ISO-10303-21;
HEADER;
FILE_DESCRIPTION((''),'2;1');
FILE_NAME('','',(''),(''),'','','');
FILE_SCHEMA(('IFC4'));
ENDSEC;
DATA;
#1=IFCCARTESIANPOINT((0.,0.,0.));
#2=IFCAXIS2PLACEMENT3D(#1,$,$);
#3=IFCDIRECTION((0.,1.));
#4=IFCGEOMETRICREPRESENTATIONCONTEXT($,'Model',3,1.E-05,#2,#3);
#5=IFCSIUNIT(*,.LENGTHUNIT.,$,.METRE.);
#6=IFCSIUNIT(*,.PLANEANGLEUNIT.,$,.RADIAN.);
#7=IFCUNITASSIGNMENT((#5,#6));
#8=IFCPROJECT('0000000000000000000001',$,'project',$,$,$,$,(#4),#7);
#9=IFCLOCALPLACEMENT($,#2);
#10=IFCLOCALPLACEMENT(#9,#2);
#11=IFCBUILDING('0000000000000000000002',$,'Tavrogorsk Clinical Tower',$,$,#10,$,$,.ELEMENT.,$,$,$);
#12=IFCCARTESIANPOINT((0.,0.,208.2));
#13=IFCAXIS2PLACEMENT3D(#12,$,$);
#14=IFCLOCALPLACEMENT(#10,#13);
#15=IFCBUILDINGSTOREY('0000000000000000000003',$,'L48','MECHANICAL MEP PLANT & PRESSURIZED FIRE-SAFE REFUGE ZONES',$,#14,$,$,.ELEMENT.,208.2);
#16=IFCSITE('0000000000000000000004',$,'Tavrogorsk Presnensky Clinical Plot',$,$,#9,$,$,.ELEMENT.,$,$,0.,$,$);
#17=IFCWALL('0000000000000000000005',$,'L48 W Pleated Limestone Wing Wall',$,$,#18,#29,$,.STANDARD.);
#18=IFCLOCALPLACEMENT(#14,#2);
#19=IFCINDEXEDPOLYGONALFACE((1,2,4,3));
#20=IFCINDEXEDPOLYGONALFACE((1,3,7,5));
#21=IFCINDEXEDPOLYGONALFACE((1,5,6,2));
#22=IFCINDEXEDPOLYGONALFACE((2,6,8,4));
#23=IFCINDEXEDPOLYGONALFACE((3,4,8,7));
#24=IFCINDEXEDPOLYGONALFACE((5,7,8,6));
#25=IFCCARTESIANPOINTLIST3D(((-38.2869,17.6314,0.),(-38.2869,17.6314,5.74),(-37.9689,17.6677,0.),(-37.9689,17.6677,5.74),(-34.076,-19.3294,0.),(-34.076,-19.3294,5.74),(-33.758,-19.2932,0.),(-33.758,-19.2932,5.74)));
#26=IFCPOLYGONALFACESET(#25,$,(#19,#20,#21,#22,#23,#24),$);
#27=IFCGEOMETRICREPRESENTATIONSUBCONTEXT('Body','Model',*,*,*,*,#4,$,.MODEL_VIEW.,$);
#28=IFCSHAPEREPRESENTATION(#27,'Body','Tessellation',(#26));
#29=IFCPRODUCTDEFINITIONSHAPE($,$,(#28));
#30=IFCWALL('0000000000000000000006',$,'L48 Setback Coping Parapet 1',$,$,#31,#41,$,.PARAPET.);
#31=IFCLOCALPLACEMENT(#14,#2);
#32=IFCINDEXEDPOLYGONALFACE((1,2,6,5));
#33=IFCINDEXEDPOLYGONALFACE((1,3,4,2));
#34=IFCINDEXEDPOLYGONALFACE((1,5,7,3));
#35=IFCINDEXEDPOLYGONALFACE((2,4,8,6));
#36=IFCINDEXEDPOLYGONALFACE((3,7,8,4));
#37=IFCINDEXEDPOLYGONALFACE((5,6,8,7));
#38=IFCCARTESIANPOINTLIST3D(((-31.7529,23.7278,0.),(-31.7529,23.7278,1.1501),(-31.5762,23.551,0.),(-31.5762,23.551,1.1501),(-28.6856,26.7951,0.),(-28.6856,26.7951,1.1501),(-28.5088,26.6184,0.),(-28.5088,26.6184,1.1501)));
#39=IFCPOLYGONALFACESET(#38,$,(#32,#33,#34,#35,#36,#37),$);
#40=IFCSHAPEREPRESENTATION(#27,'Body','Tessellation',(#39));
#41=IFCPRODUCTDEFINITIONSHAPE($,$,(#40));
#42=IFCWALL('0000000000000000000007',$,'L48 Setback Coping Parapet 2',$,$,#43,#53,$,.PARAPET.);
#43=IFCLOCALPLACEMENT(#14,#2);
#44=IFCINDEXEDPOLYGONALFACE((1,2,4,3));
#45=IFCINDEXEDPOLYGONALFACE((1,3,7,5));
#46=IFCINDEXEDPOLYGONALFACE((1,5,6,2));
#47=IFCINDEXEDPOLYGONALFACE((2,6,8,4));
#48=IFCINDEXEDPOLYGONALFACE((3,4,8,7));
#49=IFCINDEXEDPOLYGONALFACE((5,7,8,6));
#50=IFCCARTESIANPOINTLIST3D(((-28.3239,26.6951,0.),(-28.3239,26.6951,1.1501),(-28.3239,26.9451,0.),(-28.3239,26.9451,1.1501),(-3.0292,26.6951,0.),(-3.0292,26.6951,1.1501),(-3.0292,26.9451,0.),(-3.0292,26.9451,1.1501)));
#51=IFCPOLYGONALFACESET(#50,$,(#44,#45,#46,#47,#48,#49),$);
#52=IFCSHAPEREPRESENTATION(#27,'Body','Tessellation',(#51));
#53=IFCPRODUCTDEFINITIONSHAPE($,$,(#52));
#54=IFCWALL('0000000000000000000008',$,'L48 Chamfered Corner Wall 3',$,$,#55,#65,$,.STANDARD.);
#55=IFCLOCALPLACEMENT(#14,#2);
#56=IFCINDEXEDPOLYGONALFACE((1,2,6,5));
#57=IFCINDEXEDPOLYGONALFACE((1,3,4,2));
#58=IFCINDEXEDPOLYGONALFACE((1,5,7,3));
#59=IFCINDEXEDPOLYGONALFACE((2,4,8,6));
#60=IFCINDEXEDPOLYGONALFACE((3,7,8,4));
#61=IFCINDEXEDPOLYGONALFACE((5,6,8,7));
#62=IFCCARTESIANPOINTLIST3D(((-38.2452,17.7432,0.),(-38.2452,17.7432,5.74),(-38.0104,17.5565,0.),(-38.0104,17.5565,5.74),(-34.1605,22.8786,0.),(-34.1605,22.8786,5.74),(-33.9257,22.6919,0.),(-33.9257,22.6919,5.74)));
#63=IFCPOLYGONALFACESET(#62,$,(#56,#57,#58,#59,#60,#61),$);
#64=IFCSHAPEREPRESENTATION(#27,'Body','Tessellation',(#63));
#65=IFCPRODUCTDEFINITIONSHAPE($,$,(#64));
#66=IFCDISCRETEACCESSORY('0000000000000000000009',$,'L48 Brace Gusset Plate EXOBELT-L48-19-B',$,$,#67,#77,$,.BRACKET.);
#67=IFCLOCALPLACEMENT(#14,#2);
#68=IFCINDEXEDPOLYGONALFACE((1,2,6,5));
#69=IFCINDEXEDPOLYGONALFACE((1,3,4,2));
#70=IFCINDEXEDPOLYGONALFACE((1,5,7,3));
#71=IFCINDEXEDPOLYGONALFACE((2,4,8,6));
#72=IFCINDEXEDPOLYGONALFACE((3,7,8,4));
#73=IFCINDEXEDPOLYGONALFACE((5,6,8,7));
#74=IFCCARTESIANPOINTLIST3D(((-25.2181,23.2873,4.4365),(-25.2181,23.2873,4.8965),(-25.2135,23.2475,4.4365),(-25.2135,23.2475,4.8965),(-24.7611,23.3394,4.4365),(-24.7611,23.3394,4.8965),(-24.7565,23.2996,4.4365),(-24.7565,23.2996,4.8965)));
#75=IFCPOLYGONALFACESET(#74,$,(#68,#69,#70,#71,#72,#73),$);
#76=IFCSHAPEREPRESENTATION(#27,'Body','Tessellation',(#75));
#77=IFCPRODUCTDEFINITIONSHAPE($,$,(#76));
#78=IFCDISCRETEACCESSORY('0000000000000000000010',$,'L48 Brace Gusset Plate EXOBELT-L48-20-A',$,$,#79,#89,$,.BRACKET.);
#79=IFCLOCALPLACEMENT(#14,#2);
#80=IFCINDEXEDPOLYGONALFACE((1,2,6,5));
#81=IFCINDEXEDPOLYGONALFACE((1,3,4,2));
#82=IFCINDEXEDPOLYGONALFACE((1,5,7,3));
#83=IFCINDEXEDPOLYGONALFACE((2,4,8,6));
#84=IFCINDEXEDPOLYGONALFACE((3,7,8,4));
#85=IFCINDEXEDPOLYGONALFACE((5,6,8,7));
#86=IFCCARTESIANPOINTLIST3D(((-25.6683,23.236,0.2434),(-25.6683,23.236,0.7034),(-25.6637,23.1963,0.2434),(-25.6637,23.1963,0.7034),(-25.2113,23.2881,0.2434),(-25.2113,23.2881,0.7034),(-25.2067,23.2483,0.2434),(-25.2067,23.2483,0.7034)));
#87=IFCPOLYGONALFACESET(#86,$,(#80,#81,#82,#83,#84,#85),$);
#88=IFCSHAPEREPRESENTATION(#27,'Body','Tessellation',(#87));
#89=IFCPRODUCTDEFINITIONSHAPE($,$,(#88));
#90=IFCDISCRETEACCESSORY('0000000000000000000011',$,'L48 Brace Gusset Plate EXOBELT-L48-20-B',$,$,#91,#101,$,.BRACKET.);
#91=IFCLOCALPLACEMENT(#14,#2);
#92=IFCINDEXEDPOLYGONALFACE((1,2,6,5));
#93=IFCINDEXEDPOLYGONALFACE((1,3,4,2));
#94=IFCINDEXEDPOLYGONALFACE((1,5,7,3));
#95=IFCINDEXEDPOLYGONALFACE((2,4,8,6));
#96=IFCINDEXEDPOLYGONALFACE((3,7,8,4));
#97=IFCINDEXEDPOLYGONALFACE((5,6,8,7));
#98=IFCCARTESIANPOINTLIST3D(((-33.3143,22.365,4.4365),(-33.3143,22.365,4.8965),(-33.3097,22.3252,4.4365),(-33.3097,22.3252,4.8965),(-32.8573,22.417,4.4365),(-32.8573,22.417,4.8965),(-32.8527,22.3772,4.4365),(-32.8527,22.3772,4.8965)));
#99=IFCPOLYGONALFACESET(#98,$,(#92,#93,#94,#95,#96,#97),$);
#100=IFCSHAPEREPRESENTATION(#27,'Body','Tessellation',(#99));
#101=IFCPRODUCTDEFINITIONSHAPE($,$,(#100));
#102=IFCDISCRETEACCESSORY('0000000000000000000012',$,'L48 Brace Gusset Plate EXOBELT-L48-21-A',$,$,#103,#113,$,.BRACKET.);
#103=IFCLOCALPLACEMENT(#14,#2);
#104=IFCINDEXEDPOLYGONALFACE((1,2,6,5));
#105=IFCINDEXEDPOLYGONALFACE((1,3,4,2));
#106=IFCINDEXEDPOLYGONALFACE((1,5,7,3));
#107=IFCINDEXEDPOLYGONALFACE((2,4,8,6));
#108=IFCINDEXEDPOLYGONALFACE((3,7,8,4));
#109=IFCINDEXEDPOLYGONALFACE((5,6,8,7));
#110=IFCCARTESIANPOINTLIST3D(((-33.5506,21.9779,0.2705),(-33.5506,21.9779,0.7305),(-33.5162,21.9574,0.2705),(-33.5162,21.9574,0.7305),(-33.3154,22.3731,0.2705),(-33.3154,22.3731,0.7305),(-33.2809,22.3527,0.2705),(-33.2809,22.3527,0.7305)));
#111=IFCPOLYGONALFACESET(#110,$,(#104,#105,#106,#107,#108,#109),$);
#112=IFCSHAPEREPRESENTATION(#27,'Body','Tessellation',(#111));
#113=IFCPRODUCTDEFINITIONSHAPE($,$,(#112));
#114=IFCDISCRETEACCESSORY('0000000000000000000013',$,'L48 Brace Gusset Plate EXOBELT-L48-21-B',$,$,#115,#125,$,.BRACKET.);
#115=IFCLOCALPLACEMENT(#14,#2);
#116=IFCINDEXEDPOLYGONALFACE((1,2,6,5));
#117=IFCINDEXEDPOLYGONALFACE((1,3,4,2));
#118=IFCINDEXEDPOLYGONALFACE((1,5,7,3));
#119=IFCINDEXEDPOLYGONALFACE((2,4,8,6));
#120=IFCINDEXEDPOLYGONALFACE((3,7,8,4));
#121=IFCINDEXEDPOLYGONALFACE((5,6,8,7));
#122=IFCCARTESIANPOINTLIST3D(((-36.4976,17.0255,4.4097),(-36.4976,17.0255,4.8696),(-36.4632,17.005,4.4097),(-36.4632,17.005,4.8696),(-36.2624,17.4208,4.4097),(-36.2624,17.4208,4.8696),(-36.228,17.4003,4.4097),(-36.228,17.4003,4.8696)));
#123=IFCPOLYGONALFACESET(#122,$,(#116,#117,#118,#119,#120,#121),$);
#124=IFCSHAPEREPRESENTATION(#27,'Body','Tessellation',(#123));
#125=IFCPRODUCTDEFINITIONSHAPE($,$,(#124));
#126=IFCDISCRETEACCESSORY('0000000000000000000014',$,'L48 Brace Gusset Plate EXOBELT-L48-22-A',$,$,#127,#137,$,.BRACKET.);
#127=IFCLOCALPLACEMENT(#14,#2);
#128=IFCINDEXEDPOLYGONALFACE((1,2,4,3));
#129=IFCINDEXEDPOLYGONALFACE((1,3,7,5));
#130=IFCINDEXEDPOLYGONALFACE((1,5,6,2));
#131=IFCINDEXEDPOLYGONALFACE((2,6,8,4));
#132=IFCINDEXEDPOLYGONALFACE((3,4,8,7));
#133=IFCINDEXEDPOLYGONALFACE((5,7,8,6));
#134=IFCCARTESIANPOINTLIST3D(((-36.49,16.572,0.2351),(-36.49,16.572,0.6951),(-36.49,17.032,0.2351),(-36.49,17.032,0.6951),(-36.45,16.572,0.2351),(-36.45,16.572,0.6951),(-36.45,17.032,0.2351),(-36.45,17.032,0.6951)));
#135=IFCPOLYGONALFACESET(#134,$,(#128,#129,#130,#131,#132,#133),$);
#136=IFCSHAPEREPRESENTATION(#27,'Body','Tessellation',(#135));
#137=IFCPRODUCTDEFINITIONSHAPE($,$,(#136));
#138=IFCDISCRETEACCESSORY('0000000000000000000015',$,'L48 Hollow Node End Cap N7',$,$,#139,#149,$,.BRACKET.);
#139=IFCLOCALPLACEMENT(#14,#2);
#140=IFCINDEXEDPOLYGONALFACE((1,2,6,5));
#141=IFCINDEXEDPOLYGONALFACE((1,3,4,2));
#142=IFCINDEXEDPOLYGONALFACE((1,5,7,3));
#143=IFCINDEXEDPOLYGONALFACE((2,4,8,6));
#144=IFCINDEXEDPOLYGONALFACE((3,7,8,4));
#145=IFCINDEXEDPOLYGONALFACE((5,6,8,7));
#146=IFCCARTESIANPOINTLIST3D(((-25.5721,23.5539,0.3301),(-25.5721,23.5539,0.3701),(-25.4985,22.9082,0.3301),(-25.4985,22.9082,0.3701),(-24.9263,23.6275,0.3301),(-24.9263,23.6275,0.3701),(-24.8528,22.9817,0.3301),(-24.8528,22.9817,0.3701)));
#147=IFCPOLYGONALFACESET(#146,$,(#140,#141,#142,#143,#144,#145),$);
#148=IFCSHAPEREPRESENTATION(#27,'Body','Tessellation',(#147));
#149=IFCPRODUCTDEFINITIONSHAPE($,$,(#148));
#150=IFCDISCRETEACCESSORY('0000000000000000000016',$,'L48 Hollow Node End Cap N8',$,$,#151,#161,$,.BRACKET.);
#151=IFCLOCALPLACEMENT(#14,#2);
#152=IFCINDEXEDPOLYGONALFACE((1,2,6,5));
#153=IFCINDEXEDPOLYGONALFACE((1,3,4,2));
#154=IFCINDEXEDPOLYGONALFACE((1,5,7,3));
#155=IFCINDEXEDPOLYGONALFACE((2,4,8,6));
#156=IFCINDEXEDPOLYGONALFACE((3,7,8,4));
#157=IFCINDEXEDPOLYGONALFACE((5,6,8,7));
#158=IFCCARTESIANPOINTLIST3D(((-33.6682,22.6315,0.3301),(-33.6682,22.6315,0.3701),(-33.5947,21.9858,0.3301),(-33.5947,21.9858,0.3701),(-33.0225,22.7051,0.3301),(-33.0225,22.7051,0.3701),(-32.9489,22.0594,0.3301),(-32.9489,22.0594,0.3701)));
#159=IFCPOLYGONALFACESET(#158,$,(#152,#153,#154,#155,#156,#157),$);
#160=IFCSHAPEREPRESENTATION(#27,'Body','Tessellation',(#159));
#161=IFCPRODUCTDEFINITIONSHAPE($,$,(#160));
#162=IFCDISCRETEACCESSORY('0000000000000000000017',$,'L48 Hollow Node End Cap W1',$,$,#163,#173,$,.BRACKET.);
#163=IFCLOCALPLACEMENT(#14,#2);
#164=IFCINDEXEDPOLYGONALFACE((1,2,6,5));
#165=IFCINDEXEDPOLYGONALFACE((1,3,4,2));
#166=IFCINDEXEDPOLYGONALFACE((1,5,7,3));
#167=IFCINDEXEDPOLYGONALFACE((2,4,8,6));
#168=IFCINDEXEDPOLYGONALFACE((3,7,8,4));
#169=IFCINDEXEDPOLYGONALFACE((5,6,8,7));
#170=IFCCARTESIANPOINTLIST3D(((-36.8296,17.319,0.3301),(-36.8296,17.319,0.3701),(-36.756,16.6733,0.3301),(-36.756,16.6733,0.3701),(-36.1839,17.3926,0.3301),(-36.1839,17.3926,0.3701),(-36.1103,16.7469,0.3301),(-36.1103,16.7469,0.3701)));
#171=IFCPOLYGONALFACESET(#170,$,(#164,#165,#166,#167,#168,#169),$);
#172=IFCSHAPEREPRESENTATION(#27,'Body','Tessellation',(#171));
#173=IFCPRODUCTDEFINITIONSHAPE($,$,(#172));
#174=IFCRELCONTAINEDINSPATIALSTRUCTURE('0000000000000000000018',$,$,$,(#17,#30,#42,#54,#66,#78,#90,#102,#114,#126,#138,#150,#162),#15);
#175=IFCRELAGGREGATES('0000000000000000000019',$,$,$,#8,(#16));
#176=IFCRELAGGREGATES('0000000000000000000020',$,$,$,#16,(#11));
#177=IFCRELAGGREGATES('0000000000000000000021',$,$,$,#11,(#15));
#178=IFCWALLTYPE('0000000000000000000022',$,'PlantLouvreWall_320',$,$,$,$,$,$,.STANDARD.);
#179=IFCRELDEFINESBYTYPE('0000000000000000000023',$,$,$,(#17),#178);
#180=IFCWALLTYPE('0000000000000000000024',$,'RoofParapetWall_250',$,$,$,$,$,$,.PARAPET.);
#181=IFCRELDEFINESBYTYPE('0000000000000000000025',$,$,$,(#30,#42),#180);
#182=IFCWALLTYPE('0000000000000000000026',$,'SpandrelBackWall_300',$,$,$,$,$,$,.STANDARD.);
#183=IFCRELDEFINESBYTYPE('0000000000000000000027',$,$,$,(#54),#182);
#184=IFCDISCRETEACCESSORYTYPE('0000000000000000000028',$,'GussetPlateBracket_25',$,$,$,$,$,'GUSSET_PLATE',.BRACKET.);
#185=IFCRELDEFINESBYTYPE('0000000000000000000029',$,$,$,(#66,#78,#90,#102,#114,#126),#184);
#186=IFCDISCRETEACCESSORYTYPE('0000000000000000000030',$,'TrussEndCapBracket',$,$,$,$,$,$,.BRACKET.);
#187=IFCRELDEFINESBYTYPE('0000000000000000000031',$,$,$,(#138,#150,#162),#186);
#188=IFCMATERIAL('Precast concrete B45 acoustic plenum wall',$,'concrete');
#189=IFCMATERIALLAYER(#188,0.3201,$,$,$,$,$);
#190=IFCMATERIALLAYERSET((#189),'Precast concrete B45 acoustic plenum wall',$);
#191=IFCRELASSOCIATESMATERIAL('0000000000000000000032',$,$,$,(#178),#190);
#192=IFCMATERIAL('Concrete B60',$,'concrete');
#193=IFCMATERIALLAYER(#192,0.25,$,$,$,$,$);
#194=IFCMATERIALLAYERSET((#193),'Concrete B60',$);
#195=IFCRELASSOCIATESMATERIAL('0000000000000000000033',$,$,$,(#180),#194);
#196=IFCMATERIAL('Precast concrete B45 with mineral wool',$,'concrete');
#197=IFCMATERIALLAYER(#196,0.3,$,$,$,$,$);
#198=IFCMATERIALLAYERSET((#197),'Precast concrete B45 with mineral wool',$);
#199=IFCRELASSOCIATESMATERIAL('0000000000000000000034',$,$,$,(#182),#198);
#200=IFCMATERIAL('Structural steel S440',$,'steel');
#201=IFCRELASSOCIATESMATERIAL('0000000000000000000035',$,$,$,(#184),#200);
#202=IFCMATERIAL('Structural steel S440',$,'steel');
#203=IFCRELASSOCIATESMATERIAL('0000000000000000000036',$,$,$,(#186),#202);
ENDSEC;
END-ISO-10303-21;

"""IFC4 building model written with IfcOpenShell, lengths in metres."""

from ifc_helpers import new_model, si_unit, direction, frame, frame_2d, origin, origin_2d, place, context, subcontext, project, spatial, rectangle, extrude, material, layer, layer_set, type_object, element, save


model = new_model("IFC4")

# Units and contexts
model_context = context("Model", 3, precision=1e-05, world=origin(), true_north=direction((0.0, 1.0)))
body_context = subcontext(model_context, "Body", "Model", "MODEL_VIEW")
ifc_project = project(units=[si_unit("LENGTHUNIT", "METRE"), si_unit("PLANEANGLEUNIT", "RADIAN")], contexts=[model_context])

# Site, building, storey
site_placement = place(None, origin())
site = spatial("IfcSite", under=ifc_project, at=site_placement, Name="Tavrogorsk Presnensky Clinical Plot", CompositionType="ELEMENT", RefElevation=0.0)
building_placement = place(site_placement, origin())
building = spatial("IfcBuilding", under=site, at=building_placement, Name="Tavrogorsk Clinical Tower", CompositionType="ELEMENT")
storey_placement = place(building_placement, frame((0.0, 0.0, 208.2)))
storey = spatial("IfcBuildingStorey", under=building, at=storey_placement, Name="L48", Description="MECHANICAL MEP PLANT & PRESSURIZED FIRE-SAFE REFUGE ZONES", CompositionType="ELEMENT", Elevation=208.2)

# Walls
ifc_material_1 = material(Name="Precast concrete B45 acoustic plenum wall", Category="concrete")
ifc_layer_1 = layer(ifc_material_1, 0.3201)
ifc_layer_set_1 = layer_set([ifc_layer_1], Name="Precast concrete B45 acoustic plenum wall")
wall_type_1 = type_object("IfcWallType", Name="PlantLouvreWall_320", PredefinedType="STANDARD", material=ifc_layer_set_1)
wall_1_placement = place(storey_placement, frame((-38.1279, 17.6497, 0.0), z_axis=(0.0, 0.0, 1.0), x_axis=(0.113197, -0.993573, 0.0)))
element("IfcWall", 1, at=wall_1_placement, inside=storey, type_object=wall_type_1, Name="L48 W Pleated Limestone Wing Wall", PredefinedType="STANDARD", context=body_context, shape_type="SweptSolid", body=[
    extrude(rectangle(XDim=37.2, YDim=0.3201, at=frame_2d((18.6001, 0.0))), origin(), (0.0, 0.0, 1.0), 5.74),
])
ifc_material_2 = material(Name="Concrete B60", Category="concrete")
ifc_layer_2 = layer(ifc_material_2, 0.25)
ifc_layer_set_2 = layer_set([ifc_layer_2], Name="Concrete B60")
wall_type_2 = type_object("IfcWallType", Name="RoofParapetWall_250", PredefinedType="PARAPET", material=ifc_layer_set_2)
wall_2_placement = place(storey_placement, frame((-31.6646, 23.6394, 0.0), z_axis=(0.0, 0.0, 1.0), x_axis=(0.707107, 0.707107, 0.0)))
element("IfcWall", 2, at=wall_2_placement, inside=storey, type_object=wall_type_2, Name="L48 Setback Coping Parapet 1", PredefinedType="PARAPET", context=body_context, shape_type="SweptSolid", body=[
    extrude(rectangle(XDim=4.3379, YDim=0.25, at=frame_2d((2.1689, 0.0))), origin(), (0.0, 0.0, 1.0), 1.1501),
])
wall_3_placement = place(storey_placement, frame((-28.324, 26.8201, 0.0), z_axis=(0.0, 0.0, 1.0), x_axis=(1.0, 0.0, 0.0)))
element("IfcWall", 3, at=wall_3_placement, inside=storey, type_object=wall_type_2, Name="L48 Setback Coping Parapet 2", PredefinedType="PARAPET", context=body_context, shape_type="SweptSolid", body=[
    extrude(rectangle(XDim=25.2947, YDim=0.25, at=frame_2d((12.6475, 0.0))), origin(), (0.0, 0.0, 1.0), 1.1501),
])
ifc_material_3 = material(Name="Precast concrete B45 with mineral wool", Category="concrete")
ifc_layer_3 = layer(ifc_material_3, 0.3)
ifc_layer_set_3 = layer_set([ifc_layer_3], Name="Precast concrete B45 with mineral wool")
wall_type_3 = type_object("IfcWallType", Name="SpandrelBackWall_300", PredefinedType="STANDARD", material=ifc_layer_set_3)
wall_4_placement = place(storey_placement, frame((-34.0432, 22.7852, 0.0), z_axis=(0.0, 0.0, 1.0), x_axis=(-0.622492, -0.782626, 0.0)))
element("IfcWall", 4, at=wall_4_placement, inside=storey, type_object=wall_type_3, Name="L48 Chamfered Corner Wall 3", PredefinedType="STANDARD", context=body_context, shape_type="SweptSolid", body=[
    extrude(rectangle(XDim=6.5618, YDim=0.3, at=frame_2d((3.2808, 0.0))), origin(), (0.0, 0.0, 1.0), 5.74),
])

# Discrete accessories
ifc_material_4 = material(Name="Structural steel S440", Category="steel")
discrete_accessory_type_1 = type_object("IfcDiscreteAccessoryType", Name="GussetPlateBracket_25", ElementType="GUSSET_PLATE", PredefinedType="BRACKET", material=ifc_material_4)
for number, where, z_axis, x_axis, name in (
    (5, (-24.9873, 23.2935, 4.4365), (0.0, 0.0, 1.0), (-0.993572, -0.113203, 0.0), "L48 Brace Gusset Plate EXOBELT-L48-19-B"),
    (6, (-25.4375, 23.2422, 0.2434), (0.0, 0.0, 1.0), (-0.993572, -0.113203, 0.0), "L48 Brace Gusset Plate EXOBELT-L48-20-A"),
    (7, (-33.0835, 22.3711, 4.4365), (0.0, 0.0, 1.0), (-0.993572, -0.113203, 0.0), "L48 Brace Gusset Plate EXOBELT-L48-20-B"),
    (8, (-33.4158, 22.1653, 0.2705), (0.0, 0.0, 1.0), (-0.511443, -0.859317, 0.0), "L48 Brace Gusset Plate EXOBELT-L48-21-A"),
    (9, (-36.3628, 17.2129, 4.4097), (0.0, 0.0, 1.0), (-0.511443, -0.859317, 0.0), "L48 Brace Gusset Plate EXOBELT-L48-21-B"),
    (10, (-36.47, 16.802, 0.2351), (0.0, 0.0, 1.0), (0.0, -1.0, 0.0), "L48 Brace Gusset Plate EXOBELT-L48-22-A"),
):
    element("IfcDiscreteAccessory", number, at=place(storey_placement, frame(where, z_axis=z_axis, x_axis=x_axis)), inside=storey, type_object=discrete_accessory_type_1, Name=name, PredefinedType="BRACKET", context=body_context, shape_type="SweptSolid", body=[
        extrude(rectangle(XDim=0.46, YDim=0.04, at=origin_2d()), origin(), (0.0, 0.0, 1.0), 0.46),
    ])
ifc_material_5 = material(Name="Structural steel S440", Category="steel")
discrete_accessory_type_2 = type_object("IfcDiscreteAccessoryType", Name="TrussEndCapBracket", PredefinedType="BRACKET", material=ifc_material_5)
for number, where, z_axis, x_axis, name in (
    (11, (-25.2124, 23.2678, 0.3301), (0.0, 0.0, 1.0), (0.993572, 0.113203, 0.0), "L48 Hollow Node End Cap N7"),
    (12, (-33.3086, 22.3455, 0.3301), (0.0, 0.0, 1.0), (0.993572, 0.113203, 0.0), "L48 Hollow Node End Cap N8"),
    (13, (-36.47, 17.033, 0.3301), (0.0, 0.0, 1.0), (0.993572, 0.113203, 0.0), "L48 Hollow Node End Cap W1"),
):
    element("IfcDiscreteAccessory", number, at=place(storey_placement, frame(where, z_axis=z_axis, x_axis=x_axis)), inside=storey, type_object=discrete_accessory_type_2, Name=name, PredefinedType="BRACKET", context=body_context, shape_type="SweptSolid", body=[
        extrude(rectangle(XDim=0.6499, YDim=0.6499, at=origin_2d()), origin(), (0.0, 0.0, 1.0), 0.04),
    ])

save(model, "model.ifc")
